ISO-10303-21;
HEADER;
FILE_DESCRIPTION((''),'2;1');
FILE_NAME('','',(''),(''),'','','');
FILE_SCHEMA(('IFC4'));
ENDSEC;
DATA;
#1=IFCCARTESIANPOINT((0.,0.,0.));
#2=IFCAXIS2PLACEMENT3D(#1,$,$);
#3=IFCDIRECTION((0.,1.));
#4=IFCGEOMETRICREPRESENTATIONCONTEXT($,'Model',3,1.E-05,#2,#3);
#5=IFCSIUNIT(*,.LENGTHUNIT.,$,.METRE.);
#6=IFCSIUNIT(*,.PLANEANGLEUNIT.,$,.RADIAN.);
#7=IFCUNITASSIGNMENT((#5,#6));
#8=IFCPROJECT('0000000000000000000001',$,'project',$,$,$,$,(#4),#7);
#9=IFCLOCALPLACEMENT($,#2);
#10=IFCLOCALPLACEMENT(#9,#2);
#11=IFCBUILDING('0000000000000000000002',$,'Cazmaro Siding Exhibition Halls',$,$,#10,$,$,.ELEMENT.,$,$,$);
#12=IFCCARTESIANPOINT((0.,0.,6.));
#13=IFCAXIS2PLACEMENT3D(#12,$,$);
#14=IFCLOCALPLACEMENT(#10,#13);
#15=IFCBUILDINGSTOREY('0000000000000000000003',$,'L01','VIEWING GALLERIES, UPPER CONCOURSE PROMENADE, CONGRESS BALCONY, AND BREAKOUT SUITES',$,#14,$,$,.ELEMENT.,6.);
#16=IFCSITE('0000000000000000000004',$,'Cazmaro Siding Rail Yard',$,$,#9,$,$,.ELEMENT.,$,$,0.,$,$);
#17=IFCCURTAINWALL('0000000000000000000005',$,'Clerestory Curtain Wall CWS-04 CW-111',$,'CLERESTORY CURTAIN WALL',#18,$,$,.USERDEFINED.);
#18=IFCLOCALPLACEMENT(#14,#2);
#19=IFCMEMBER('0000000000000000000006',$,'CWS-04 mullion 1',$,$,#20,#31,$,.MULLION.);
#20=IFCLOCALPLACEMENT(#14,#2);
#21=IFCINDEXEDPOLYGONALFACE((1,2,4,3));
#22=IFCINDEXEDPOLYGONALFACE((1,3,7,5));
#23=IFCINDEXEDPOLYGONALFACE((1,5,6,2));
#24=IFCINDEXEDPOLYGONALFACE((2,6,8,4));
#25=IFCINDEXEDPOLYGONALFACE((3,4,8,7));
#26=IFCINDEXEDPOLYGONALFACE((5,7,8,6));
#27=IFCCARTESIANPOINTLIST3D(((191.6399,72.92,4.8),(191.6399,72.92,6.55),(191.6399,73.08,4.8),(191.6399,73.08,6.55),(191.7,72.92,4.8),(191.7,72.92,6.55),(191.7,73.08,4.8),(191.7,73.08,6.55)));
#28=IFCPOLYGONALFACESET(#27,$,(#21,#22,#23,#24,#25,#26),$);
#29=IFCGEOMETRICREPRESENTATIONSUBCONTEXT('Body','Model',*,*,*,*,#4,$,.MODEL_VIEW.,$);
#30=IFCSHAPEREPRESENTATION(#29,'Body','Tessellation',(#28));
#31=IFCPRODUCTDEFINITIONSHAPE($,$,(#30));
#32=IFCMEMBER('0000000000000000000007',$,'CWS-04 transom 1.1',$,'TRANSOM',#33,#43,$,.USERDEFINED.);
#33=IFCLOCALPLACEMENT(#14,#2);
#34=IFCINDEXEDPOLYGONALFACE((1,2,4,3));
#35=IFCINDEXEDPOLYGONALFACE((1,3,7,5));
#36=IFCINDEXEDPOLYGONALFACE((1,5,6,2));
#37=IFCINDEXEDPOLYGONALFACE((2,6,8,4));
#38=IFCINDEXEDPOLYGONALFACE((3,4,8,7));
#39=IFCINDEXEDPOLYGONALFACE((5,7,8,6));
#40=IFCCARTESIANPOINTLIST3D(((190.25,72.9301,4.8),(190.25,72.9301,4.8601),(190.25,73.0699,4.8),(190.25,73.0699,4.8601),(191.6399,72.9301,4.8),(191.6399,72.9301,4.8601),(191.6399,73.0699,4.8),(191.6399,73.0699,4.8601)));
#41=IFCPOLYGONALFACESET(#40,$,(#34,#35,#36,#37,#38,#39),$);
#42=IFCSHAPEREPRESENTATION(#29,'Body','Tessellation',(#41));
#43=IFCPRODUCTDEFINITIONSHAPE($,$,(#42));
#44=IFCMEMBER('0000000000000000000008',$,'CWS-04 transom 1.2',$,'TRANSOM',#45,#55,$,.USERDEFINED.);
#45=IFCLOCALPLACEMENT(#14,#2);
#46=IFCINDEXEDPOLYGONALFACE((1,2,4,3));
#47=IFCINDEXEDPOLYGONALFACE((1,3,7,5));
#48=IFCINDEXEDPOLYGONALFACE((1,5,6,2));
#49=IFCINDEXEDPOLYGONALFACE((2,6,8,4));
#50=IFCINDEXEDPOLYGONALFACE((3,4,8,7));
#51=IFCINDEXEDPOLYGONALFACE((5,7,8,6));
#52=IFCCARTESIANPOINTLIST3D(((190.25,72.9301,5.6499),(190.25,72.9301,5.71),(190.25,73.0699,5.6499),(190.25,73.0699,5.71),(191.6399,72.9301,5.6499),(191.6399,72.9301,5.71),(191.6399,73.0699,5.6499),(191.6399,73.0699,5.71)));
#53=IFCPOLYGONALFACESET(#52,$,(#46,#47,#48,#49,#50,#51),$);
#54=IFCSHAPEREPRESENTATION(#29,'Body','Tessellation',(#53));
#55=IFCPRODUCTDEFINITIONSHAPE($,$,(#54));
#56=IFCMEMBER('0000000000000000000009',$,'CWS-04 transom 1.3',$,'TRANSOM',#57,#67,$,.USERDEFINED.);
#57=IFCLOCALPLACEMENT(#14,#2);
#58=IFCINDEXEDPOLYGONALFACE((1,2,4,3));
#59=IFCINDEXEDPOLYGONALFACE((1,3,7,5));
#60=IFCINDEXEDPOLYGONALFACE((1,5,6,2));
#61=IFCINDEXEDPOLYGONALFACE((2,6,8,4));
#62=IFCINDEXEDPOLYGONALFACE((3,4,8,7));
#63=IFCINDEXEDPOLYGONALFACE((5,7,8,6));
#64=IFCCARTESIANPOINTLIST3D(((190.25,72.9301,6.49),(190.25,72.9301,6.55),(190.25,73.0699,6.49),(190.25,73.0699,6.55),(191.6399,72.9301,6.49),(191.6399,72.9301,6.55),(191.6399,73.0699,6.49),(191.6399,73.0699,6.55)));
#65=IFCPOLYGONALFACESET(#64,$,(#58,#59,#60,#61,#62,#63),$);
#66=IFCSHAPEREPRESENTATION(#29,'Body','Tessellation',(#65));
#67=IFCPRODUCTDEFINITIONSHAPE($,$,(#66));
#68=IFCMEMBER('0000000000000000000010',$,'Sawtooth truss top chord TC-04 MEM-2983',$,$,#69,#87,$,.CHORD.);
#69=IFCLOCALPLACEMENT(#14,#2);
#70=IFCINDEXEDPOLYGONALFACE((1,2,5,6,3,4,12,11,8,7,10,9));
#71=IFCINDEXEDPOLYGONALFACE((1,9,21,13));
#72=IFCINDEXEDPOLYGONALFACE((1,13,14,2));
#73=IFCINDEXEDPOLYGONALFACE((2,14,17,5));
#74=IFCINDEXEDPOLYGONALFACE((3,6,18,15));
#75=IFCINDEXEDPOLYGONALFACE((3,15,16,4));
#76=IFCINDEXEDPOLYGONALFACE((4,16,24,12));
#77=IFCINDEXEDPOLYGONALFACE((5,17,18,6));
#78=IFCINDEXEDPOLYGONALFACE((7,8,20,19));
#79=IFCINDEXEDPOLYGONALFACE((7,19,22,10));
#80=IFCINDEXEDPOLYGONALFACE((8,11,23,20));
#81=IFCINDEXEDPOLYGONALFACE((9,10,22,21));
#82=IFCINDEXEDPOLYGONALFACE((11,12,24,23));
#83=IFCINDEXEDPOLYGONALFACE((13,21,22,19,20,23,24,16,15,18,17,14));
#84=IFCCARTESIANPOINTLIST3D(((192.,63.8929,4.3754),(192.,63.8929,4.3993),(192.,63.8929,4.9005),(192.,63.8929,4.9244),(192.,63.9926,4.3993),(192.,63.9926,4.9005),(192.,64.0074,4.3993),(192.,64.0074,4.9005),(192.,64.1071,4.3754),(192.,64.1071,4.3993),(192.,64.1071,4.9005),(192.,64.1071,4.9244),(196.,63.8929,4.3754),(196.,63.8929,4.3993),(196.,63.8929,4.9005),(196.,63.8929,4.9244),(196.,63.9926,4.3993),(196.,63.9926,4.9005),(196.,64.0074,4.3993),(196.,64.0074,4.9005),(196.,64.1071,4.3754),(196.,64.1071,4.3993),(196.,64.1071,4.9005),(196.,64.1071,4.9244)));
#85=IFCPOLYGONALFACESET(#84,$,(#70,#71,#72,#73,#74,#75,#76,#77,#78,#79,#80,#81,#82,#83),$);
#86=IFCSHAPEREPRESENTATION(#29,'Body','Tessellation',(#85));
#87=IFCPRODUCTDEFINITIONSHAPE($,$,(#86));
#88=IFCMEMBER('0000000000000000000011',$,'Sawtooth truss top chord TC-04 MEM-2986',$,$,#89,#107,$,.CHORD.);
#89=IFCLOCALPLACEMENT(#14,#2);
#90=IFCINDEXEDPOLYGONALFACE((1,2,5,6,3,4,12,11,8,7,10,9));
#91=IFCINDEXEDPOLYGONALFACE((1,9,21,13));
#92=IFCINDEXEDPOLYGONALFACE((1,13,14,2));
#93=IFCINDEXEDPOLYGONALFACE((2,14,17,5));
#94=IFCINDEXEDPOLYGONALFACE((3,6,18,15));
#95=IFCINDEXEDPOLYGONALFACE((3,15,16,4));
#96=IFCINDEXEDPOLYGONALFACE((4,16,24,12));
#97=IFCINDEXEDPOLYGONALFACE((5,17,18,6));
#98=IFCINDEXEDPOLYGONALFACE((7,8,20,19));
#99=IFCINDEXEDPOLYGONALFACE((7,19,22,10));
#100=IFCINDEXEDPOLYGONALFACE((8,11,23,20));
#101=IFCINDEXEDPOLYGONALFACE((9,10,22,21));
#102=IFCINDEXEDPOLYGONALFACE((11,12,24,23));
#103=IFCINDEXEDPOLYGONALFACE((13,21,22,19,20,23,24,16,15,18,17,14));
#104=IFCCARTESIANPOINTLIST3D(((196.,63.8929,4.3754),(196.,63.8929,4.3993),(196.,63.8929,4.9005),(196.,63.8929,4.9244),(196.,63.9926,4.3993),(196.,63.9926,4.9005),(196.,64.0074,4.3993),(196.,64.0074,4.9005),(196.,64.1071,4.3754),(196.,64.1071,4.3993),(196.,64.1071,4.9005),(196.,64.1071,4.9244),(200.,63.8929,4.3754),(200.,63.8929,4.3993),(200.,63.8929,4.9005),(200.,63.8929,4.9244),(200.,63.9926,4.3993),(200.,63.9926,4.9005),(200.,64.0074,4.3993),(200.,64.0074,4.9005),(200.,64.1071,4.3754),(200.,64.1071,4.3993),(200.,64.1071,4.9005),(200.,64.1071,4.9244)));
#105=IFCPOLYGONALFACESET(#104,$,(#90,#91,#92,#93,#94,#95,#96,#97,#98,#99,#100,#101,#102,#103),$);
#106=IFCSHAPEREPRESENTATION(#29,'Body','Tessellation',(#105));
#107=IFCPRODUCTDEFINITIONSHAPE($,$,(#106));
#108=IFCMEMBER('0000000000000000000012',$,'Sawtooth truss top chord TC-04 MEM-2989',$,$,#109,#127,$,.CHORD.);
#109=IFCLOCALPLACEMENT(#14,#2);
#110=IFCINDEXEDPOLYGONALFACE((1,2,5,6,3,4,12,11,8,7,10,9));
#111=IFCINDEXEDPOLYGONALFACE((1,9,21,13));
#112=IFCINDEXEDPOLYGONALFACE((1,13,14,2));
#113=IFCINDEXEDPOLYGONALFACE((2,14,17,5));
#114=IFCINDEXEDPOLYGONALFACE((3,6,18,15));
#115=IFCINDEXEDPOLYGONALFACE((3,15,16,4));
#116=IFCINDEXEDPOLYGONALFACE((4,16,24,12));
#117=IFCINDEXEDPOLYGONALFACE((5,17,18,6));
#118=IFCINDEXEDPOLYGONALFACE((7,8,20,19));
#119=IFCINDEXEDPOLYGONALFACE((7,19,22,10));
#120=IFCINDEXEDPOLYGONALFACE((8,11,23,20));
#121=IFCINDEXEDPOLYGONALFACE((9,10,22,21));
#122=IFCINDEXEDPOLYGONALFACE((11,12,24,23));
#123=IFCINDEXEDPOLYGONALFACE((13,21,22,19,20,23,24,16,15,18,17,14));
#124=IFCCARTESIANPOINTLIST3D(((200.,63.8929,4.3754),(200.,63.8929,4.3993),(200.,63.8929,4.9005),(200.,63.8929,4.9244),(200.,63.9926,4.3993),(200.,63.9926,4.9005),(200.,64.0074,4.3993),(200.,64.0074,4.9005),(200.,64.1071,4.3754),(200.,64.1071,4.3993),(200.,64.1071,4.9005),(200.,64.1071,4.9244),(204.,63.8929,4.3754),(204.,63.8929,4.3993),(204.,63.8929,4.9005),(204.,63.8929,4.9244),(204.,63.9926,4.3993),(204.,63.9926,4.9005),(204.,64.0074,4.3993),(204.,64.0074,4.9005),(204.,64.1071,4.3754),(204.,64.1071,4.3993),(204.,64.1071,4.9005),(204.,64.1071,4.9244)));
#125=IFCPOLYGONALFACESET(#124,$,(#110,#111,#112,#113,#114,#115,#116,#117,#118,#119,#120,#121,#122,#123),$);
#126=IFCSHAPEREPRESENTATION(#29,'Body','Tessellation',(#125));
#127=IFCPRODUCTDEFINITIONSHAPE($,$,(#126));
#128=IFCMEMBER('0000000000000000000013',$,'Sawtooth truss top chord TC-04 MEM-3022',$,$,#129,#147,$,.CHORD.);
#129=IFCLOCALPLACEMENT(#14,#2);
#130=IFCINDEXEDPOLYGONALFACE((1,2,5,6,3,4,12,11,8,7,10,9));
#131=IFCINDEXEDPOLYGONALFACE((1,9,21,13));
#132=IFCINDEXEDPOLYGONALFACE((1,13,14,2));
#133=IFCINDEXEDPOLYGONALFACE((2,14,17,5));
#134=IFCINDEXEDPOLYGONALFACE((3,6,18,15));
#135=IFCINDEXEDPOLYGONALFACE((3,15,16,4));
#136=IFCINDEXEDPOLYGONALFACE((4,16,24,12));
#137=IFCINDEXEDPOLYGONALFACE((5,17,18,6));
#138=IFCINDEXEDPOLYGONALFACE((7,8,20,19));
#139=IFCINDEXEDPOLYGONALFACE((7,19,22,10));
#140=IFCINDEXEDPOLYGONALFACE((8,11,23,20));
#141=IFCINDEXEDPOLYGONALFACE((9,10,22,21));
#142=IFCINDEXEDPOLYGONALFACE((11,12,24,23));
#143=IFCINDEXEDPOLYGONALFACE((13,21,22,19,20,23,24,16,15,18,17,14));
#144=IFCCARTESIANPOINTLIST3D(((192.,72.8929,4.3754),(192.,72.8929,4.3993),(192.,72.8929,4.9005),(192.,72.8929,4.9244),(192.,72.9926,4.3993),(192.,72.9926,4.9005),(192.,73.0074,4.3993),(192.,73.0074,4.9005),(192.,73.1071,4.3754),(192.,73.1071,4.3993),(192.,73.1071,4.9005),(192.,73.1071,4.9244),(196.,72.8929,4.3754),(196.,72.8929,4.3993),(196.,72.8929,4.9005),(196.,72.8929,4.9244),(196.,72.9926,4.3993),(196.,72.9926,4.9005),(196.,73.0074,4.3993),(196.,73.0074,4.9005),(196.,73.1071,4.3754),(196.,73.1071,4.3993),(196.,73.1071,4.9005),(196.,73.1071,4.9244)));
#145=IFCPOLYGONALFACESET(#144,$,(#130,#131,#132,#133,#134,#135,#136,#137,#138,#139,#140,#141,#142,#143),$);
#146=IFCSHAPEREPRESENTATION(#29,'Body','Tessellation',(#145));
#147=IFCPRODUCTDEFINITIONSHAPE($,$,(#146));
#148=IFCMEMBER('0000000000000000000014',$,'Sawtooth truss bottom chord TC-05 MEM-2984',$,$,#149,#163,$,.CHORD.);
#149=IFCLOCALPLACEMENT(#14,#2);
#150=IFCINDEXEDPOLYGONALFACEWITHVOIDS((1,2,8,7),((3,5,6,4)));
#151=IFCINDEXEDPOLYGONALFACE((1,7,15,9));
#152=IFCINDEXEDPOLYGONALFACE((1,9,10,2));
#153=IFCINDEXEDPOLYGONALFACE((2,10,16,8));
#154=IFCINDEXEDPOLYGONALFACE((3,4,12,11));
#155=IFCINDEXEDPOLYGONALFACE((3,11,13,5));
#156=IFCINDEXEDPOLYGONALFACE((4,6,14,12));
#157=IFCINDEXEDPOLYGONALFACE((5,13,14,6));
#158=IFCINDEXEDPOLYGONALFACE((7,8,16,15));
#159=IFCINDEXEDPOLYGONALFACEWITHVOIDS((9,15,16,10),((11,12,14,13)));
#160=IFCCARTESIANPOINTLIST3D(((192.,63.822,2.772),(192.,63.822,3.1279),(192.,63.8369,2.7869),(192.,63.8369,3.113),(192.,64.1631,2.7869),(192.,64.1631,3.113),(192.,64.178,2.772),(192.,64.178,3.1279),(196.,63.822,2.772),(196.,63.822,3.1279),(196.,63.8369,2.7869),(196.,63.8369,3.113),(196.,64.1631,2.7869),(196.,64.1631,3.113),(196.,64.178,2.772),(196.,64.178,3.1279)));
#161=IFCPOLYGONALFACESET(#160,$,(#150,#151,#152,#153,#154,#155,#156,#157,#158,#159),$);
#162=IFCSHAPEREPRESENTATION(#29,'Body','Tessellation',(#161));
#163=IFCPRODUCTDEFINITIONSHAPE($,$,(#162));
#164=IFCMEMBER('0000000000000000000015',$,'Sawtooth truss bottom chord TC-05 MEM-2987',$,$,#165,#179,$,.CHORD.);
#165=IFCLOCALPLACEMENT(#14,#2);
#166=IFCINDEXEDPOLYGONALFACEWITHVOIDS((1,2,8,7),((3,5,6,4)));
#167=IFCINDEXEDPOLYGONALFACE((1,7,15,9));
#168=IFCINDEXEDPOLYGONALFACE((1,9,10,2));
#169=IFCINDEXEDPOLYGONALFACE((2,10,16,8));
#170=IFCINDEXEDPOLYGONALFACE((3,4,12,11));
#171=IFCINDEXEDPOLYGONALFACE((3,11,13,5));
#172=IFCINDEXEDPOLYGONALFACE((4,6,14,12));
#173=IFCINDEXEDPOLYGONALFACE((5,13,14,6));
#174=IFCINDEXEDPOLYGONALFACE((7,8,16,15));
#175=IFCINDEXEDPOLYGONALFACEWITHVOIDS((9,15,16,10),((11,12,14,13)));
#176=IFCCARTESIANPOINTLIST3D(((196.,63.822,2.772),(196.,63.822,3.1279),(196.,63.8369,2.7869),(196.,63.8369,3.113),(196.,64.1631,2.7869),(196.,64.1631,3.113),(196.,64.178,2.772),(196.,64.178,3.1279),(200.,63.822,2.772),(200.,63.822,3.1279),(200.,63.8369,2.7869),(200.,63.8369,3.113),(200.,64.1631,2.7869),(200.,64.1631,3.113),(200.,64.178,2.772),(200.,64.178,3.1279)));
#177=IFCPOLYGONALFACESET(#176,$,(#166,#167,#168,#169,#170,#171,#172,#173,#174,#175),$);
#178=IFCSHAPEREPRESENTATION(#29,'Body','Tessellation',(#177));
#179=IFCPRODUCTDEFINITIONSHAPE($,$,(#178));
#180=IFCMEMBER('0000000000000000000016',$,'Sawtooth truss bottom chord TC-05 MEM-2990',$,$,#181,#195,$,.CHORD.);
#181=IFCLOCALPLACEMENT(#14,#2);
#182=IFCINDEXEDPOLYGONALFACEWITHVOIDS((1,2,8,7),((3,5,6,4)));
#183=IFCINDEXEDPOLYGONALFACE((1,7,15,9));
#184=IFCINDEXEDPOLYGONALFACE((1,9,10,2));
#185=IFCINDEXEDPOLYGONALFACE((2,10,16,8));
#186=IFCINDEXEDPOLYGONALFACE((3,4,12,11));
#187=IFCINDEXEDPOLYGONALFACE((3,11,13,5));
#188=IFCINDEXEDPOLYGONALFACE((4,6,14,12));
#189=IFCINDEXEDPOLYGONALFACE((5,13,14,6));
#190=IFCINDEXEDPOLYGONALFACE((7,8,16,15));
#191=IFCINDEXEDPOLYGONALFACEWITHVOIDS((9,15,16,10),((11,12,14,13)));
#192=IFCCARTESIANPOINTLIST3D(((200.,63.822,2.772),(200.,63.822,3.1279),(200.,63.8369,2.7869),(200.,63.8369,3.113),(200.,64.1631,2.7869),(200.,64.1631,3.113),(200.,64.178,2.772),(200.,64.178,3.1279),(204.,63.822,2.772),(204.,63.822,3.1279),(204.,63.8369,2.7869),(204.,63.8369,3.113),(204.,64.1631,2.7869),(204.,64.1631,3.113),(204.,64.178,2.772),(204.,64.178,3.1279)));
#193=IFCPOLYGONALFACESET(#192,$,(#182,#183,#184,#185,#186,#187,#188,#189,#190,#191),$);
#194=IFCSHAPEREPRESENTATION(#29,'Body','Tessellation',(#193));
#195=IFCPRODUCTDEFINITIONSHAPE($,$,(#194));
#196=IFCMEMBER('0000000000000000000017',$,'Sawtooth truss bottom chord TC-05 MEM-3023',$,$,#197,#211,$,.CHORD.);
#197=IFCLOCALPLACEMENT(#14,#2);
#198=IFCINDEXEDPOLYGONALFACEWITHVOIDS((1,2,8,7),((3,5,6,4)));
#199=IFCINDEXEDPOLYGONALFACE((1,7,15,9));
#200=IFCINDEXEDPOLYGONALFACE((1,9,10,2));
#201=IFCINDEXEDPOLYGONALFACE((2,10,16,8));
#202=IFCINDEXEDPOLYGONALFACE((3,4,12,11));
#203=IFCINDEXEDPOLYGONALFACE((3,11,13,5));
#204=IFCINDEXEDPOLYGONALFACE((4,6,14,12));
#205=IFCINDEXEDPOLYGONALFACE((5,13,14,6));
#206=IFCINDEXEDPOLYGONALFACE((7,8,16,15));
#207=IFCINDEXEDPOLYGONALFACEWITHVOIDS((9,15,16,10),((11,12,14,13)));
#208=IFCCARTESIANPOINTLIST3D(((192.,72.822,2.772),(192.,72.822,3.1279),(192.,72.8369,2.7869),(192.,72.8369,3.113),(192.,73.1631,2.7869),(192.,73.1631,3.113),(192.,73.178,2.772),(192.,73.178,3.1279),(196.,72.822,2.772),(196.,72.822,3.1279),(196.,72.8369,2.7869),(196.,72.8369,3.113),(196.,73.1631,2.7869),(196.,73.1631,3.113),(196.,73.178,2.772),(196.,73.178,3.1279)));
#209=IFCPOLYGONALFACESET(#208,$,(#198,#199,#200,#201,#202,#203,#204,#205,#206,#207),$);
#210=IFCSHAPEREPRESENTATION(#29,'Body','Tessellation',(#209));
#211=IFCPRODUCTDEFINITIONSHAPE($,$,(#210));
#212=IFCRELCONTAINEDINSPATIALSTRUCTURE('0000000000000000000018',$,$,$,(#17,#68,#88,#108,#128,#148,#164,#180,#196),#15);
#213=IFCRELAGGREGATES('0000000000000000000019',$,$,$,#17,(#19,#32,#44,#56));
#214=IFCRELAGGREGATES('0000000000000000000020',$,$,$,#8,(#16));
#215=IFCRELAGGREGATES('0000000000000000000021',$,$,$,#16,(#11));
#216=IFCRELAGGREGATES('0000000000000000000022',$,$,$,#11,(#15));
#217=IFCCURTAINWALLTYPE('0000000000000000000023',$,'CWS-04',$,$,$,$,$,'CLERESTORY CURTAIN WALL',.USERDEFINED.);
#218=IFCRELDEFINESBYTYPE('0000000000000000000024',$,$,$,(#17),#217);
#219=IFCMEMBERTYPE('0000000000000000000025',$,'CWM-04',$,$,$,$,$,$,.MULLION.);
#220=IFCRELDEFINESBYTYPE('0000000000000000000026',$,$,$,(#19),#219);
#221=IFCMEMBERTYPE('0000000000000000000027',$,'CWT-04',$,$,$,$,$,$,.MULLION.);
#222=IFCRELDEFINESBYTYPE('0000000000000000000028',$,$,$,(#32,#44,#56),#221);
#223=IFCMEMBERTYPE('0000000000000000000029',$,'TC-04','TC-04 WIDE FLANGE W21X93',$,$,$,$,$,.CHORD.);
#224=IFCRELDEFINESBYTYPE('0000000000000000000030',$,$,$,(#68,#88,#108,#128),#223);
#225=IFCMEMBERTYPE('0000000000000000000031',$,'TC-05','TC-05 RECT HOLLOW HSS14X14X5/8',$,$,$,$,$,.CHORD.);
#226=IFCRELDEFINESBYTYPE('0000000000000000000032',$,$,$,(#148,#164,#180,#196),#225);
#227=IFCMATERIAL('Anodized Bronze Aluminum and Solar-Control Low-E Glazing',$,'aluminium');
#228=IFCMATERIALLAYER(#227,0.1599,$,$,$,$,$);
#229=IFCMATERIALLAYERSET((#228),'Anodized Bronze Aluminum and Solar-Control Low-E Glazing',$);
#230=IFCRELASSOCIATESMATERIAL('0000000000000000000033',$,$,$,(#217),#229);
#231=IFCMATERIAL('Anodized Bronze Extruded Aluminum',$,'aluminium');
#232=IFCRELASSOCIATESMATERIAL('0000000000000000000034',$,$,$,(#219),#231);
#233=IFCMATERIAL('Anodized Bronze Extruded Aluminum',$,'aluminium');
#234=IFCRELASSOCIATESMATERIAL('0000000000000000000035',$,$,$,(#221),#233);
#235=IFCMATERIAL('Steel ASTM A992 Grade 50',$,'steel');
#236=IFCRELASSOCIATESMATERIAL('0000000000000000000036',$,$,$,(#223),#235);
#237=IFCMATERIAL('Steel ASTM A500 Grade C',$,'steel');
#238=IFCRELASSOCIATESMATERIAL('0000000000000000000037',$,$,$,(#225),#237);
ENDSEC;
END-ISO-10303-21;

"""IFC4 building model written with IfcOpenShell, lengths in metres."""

from ifc_helpers import new_model, si_unit, direction, frame, origin, origin_2d, place, context, subcontext, project, spatial, rectangle, hollow_rectangle, i_section, extrude, material, layer, layer_set, material_profile, profile_set, type_object, element, aggregate, save


model = new_model("IFC4")

# Units and contexts
model_context = context("Model", 3, precision=1e-05, world=origin(), true_north=direction((0.0, 1.0)))
body_context = subcontext(model_context, "Body", "Model", "MODEL_VIEW")
ifc_project = project(units=[si_unit("LENGTHUNIT", "METRE"), si_unit("PLANEANGLEUNIT", "RADIAN")], contexts=[model_context])

# Site, building, storey
site_placement = place(None, origin())
site = spatial("IfcSite", under=ifc_project, at=site_placement, Name="Cazmaro Siding Rail Yard", CompositionType="ELEMENT", RefElevation=0.0)
building_placement = place(site_placement, origin())
building = spatial("IfcBuilding", under=site, at=building_placement, Name="Cazmaro Siding Exhibition Halls", CompositionType="ELEMENT")
storey_placement = place(building_placement, frame((0.0, 0.0, 6.0)))
storey = spatial("IfcBuildingStorey", under=building, at=storey_placement, Name="L01", Description="VIEWING GALLERIES, UPPER CONCOURSE PROMENADE, CONGRESS BALCONY, AND BREAKOUT SUITES", CompositionType="ELEMENT", Elevation=6.0)

# Curtain wall, members
ifc_material_1 = material(Name="Anodized Bronze Aluminum and Solar-Control Low-E Glazing", Category="aluminium")
ifc_layer_1 = layer(ifc_material_1, 0.1599)
ifc_layer_set_1 = layer_set([ifc_layer_1], Name="Anodized Bronze Aluminum and Solar-Control Low-E Glazing")
curtain_wall_type = type_object("IfcCurtainWallType", Name="CWS-04", ElementType="CLERESTORY CURTAIN WALL", PredefinedType="USERDEFINED", material=ifc_layer_set_1)
curtain_wall_placement = place(storey_placement, origin())
curtain_wall = element("IfcCurtainWall", 1, at=curtain_wall_placement, inside=storey, type_object=curtain_wall_type, Name="Clerestory Curtain Wall CWS-04 CW-111", ObjectType="CLERESTORY CURTAIN WALL", PredefinedType="USERDEFINED")
ifc_material_2 = material(Name="Anodized Bronze Extruded Aluminum", Category="aluminium")
ifc_material_profile_1 = material_profile(ifc_material_2, rectangle(XDim=0.1599, YDim=0.0601, at=origin_2d()), Name="CWM-04")
ifc_profile_set_1 = profile_set([ifc_material_profile_1], Name="Anodized Bronze Extruded Aluminum")
member_type_1 = type_object("IfcMemberType", Name="CWM-04", PredefinedType="MULLION", material=ifc_profile_set_1)
member_1_placement = place(storey_placement, frame((191.6699, 73.0, 4.8), z_axis=(0.0, 0.0, 1.0), x_axis=(0.0, -1.0, 0.0)))
member_1 = element("IfcMember", 2, at=member_1_placement, type_object=member_type_1, Name="CWS-04 mullion 1", PredefinedType="MULLION", context=body_context, shape_type="SweptSolid", body=[
    extrude(rectangle(XDim=0.1599, YDim=0.0601, at=origin_2d()), origin(), (0.0, 0.0, 1.0), 1.75),
])
ifc_material_3 = material(Name="Anodized Bronze Extruded Aluminum", Category="aluminium")
ifc_material_profile_2 = material_profile(ifc_material_3, rectangle(XDim=0.1399, YDim=0.0601, at=origin_2d()), Name="CWT-04")
ifc_profile_set_2 = profile_set([ifc_material_profile_2], Name="Anodized Bronze Extruded Aluminum")
member_type_2 = type_object("IfcMemberType", Name="CWT-04", PredefinedType="MULLION", material=ifc_profile_set_2)
member_2_placement = place(storey_placement, frame((191.6399, 73.0, 4.8301), z_axis=(-1.0, 0.0, 0.0), x_axis=(0.0, -1.0, 0.0)))
member_2 = element("IfcMember", 3, at=member_2_placement, type_object=member_type_2, Name="CWS-04 transom 1.1", ObjectType="TRANSOM", PredefinedType="USERDEFINED", context=body_context, shape_type="SweptSolid", body=[
    extrude(rectangle(XDim=0.1399, YDim=0.0601, at=origin_2d()), origin(), (0.0, 0.0, 1.0), 1.3899),
])
member_3_placement = place(storey_placement, frame((191.6399, 73.0, 5.6799), z_axis=(-1.0, 0.0, 0.0), x_axis=(0.0, -1.0, 0.0)))
member_3 = element("IfcMember", 4, at=member_3_placement, type_object=member_type_2, Name="CWS-04 transom 1.2", ObjectType="TRANSOM", PredefinedType="USERDEFINED", context=body_context, shape_type="SweptSolid", body=[
    extrude(rectangle(XDim=0.1399, YDim=0.0601, at=origin_2d()), origin(), (0.0, 0.0, 1.0), 1.3899),
])
member_4_placement = place(storey_placement, frame((191.6399, 73.0, 6.52), z_axis=(-1.0, 0.0, 0.0), x_axis=(0.0, -1.0, 0.0)))
member_4 = element("IfcMember", 5, at=member_4_placement, type_object=member_type_2, Name="CWS-04 transom 1.3", ObjectType="TRANSOM", PredefinedType="USERDEFINED", context=body_context, shape_type="SweptSolid", body=[
    extrude(rectangle(XDim=0.1399, YDim=0.0601, at=origin_2d()), origin(), (0.0, 0.0, 1.0), 1.3899),
])

# Members
ifc_material_4 = material(Name="Steel ASTM A992 Grade 50", Category="steel")
ifc_material_profile_3 = material_profile(ifc_material_4, i_section(OverallWidth=0.2141, OverallDepth=0.5491, WebThickness=0.0149, FlangeThickness=0.0239, at=origin_2d()), Name="W21X93")
ifc_profile_set_3 = profile_set([ifc_material_profile_3], Name="Steel ASTM A992 Grade 50")
member_type_3 = type_object("IfcMemberType", Name="TC-04", Description="TC-04 WIDE FLANGE W21X93", PredefinedType="CHORD", material=ifc_profile_set_3)
for number, where, z_axis, x_axis, name in (
    (6, (192.0, 64.0, 4.6499), (1.0, 0.0, 0.0), (0.0, 1.0, 0.0), "Sawtooth truss top chord TC-04 MEM-2983"),
    (7, (196.0, 64.0, 4.6499), (1.0, 0.0, 0.0), (0.0, 1.0, 0.0), "Sawtooth truss top chord TC-04 MEM-2986"),
    (8, (200.0, 64.0, 4.6499), (1.0, 0.0, 0.0), (0.0, 1.0, 0.0), "Sawtooth truss top chord TC-04 MEM-2989"),
    (9, (192.0, 73.0, 4.6499), (1.0, 0.0, 0.0), (0.0, 1.0, 0.0), "Sawtooth truss top chord TC-04 MEM-3022"),
):
    element("IfcMember", number, at=place(storey_placement, frame(where, z_axis=z_axis, x_axis=x_axis)), inside=storey, type_object=member_type_3, Name=name, PredefinedType="CHORD", context=body_context, shape_type="SweptSolid", body=[
        extrude(i_section(OverallWidth=0.2141, OverallDepth=0.5491, WebThickness=0.0149, FlangeThickness=0.0239, at=origin_2d()), origin(), (0.0, 0.0, 1.0), 4.0),
    ])
ifc_material_5 = material(Name="Steel ASTM A500 Grade C", Category="steel")
ifc_material_profile_4 = material_profile(ifc_material_5, hollow_rectangle(XDim=0.356, YDim=0.356, WallThickness=0.0149, at=origin_2d()), Name="HSS14X14X5/8")
ifc_profile_set_4 = profile_set([ifc_material_profile_4], Name="Steel ASTM A500 Grade C")
member_type_4 = type_object("IfcMemberType", Name="TC-05", Description="TC-05 RECT HOLLOW HSS14X14X5/8", PredefinedType="CHORD", material=ifc_profile_set_4)
for number, where, z_axis, x_axis, name in (
    (10, (192.0, 64.0, 2.95), (1.0, 0.0, 0.0), (0.0, 1.0, 0.0), "Sawtooth truss bottom chord TC-05 MEM-2984"),
    (11, (196.0, 64.0, 2.95), (1.0, 0.0, 0.0), (0.0, 1.0, 0.0), "Sawtooth truss bottom chord TC-05 MEM-2987"),
    (12, (200.0, 64.0, 2.95), (1.0, 0.0, 0.0), (0.0, 1.0, 0.0), "Sawtooth truss bottom chord TC-05 MEM-2990"),
    (13, (192.0, 73.0, 2.95), (1.0, 0.0, 0.0), (0.0, 1.0, 0.0), "Sawtooth truss bottom chord TC-05 MEM-3023"),
):
    element("IfcMember", number, at=place(storey_placement, frame(where, z_axis=z_axis, x_axis=x_axis)), inside=storey, type_object=member_type_4, Name=name, PredefinedType="CHORD", context=body_context, shape_type="SweptSolid", body=[
        extrude(hollow_rectangle(XDim=0.356, YDim=0.356, WallThickness=0.0149, at=origin_2d()), origin(), (0.0, 0.0, 1.0), 4.0),
    ])

aggregate(curtain_wall, [member_1, member_2, member_3, member_4])

save(model, "model.ifc")
